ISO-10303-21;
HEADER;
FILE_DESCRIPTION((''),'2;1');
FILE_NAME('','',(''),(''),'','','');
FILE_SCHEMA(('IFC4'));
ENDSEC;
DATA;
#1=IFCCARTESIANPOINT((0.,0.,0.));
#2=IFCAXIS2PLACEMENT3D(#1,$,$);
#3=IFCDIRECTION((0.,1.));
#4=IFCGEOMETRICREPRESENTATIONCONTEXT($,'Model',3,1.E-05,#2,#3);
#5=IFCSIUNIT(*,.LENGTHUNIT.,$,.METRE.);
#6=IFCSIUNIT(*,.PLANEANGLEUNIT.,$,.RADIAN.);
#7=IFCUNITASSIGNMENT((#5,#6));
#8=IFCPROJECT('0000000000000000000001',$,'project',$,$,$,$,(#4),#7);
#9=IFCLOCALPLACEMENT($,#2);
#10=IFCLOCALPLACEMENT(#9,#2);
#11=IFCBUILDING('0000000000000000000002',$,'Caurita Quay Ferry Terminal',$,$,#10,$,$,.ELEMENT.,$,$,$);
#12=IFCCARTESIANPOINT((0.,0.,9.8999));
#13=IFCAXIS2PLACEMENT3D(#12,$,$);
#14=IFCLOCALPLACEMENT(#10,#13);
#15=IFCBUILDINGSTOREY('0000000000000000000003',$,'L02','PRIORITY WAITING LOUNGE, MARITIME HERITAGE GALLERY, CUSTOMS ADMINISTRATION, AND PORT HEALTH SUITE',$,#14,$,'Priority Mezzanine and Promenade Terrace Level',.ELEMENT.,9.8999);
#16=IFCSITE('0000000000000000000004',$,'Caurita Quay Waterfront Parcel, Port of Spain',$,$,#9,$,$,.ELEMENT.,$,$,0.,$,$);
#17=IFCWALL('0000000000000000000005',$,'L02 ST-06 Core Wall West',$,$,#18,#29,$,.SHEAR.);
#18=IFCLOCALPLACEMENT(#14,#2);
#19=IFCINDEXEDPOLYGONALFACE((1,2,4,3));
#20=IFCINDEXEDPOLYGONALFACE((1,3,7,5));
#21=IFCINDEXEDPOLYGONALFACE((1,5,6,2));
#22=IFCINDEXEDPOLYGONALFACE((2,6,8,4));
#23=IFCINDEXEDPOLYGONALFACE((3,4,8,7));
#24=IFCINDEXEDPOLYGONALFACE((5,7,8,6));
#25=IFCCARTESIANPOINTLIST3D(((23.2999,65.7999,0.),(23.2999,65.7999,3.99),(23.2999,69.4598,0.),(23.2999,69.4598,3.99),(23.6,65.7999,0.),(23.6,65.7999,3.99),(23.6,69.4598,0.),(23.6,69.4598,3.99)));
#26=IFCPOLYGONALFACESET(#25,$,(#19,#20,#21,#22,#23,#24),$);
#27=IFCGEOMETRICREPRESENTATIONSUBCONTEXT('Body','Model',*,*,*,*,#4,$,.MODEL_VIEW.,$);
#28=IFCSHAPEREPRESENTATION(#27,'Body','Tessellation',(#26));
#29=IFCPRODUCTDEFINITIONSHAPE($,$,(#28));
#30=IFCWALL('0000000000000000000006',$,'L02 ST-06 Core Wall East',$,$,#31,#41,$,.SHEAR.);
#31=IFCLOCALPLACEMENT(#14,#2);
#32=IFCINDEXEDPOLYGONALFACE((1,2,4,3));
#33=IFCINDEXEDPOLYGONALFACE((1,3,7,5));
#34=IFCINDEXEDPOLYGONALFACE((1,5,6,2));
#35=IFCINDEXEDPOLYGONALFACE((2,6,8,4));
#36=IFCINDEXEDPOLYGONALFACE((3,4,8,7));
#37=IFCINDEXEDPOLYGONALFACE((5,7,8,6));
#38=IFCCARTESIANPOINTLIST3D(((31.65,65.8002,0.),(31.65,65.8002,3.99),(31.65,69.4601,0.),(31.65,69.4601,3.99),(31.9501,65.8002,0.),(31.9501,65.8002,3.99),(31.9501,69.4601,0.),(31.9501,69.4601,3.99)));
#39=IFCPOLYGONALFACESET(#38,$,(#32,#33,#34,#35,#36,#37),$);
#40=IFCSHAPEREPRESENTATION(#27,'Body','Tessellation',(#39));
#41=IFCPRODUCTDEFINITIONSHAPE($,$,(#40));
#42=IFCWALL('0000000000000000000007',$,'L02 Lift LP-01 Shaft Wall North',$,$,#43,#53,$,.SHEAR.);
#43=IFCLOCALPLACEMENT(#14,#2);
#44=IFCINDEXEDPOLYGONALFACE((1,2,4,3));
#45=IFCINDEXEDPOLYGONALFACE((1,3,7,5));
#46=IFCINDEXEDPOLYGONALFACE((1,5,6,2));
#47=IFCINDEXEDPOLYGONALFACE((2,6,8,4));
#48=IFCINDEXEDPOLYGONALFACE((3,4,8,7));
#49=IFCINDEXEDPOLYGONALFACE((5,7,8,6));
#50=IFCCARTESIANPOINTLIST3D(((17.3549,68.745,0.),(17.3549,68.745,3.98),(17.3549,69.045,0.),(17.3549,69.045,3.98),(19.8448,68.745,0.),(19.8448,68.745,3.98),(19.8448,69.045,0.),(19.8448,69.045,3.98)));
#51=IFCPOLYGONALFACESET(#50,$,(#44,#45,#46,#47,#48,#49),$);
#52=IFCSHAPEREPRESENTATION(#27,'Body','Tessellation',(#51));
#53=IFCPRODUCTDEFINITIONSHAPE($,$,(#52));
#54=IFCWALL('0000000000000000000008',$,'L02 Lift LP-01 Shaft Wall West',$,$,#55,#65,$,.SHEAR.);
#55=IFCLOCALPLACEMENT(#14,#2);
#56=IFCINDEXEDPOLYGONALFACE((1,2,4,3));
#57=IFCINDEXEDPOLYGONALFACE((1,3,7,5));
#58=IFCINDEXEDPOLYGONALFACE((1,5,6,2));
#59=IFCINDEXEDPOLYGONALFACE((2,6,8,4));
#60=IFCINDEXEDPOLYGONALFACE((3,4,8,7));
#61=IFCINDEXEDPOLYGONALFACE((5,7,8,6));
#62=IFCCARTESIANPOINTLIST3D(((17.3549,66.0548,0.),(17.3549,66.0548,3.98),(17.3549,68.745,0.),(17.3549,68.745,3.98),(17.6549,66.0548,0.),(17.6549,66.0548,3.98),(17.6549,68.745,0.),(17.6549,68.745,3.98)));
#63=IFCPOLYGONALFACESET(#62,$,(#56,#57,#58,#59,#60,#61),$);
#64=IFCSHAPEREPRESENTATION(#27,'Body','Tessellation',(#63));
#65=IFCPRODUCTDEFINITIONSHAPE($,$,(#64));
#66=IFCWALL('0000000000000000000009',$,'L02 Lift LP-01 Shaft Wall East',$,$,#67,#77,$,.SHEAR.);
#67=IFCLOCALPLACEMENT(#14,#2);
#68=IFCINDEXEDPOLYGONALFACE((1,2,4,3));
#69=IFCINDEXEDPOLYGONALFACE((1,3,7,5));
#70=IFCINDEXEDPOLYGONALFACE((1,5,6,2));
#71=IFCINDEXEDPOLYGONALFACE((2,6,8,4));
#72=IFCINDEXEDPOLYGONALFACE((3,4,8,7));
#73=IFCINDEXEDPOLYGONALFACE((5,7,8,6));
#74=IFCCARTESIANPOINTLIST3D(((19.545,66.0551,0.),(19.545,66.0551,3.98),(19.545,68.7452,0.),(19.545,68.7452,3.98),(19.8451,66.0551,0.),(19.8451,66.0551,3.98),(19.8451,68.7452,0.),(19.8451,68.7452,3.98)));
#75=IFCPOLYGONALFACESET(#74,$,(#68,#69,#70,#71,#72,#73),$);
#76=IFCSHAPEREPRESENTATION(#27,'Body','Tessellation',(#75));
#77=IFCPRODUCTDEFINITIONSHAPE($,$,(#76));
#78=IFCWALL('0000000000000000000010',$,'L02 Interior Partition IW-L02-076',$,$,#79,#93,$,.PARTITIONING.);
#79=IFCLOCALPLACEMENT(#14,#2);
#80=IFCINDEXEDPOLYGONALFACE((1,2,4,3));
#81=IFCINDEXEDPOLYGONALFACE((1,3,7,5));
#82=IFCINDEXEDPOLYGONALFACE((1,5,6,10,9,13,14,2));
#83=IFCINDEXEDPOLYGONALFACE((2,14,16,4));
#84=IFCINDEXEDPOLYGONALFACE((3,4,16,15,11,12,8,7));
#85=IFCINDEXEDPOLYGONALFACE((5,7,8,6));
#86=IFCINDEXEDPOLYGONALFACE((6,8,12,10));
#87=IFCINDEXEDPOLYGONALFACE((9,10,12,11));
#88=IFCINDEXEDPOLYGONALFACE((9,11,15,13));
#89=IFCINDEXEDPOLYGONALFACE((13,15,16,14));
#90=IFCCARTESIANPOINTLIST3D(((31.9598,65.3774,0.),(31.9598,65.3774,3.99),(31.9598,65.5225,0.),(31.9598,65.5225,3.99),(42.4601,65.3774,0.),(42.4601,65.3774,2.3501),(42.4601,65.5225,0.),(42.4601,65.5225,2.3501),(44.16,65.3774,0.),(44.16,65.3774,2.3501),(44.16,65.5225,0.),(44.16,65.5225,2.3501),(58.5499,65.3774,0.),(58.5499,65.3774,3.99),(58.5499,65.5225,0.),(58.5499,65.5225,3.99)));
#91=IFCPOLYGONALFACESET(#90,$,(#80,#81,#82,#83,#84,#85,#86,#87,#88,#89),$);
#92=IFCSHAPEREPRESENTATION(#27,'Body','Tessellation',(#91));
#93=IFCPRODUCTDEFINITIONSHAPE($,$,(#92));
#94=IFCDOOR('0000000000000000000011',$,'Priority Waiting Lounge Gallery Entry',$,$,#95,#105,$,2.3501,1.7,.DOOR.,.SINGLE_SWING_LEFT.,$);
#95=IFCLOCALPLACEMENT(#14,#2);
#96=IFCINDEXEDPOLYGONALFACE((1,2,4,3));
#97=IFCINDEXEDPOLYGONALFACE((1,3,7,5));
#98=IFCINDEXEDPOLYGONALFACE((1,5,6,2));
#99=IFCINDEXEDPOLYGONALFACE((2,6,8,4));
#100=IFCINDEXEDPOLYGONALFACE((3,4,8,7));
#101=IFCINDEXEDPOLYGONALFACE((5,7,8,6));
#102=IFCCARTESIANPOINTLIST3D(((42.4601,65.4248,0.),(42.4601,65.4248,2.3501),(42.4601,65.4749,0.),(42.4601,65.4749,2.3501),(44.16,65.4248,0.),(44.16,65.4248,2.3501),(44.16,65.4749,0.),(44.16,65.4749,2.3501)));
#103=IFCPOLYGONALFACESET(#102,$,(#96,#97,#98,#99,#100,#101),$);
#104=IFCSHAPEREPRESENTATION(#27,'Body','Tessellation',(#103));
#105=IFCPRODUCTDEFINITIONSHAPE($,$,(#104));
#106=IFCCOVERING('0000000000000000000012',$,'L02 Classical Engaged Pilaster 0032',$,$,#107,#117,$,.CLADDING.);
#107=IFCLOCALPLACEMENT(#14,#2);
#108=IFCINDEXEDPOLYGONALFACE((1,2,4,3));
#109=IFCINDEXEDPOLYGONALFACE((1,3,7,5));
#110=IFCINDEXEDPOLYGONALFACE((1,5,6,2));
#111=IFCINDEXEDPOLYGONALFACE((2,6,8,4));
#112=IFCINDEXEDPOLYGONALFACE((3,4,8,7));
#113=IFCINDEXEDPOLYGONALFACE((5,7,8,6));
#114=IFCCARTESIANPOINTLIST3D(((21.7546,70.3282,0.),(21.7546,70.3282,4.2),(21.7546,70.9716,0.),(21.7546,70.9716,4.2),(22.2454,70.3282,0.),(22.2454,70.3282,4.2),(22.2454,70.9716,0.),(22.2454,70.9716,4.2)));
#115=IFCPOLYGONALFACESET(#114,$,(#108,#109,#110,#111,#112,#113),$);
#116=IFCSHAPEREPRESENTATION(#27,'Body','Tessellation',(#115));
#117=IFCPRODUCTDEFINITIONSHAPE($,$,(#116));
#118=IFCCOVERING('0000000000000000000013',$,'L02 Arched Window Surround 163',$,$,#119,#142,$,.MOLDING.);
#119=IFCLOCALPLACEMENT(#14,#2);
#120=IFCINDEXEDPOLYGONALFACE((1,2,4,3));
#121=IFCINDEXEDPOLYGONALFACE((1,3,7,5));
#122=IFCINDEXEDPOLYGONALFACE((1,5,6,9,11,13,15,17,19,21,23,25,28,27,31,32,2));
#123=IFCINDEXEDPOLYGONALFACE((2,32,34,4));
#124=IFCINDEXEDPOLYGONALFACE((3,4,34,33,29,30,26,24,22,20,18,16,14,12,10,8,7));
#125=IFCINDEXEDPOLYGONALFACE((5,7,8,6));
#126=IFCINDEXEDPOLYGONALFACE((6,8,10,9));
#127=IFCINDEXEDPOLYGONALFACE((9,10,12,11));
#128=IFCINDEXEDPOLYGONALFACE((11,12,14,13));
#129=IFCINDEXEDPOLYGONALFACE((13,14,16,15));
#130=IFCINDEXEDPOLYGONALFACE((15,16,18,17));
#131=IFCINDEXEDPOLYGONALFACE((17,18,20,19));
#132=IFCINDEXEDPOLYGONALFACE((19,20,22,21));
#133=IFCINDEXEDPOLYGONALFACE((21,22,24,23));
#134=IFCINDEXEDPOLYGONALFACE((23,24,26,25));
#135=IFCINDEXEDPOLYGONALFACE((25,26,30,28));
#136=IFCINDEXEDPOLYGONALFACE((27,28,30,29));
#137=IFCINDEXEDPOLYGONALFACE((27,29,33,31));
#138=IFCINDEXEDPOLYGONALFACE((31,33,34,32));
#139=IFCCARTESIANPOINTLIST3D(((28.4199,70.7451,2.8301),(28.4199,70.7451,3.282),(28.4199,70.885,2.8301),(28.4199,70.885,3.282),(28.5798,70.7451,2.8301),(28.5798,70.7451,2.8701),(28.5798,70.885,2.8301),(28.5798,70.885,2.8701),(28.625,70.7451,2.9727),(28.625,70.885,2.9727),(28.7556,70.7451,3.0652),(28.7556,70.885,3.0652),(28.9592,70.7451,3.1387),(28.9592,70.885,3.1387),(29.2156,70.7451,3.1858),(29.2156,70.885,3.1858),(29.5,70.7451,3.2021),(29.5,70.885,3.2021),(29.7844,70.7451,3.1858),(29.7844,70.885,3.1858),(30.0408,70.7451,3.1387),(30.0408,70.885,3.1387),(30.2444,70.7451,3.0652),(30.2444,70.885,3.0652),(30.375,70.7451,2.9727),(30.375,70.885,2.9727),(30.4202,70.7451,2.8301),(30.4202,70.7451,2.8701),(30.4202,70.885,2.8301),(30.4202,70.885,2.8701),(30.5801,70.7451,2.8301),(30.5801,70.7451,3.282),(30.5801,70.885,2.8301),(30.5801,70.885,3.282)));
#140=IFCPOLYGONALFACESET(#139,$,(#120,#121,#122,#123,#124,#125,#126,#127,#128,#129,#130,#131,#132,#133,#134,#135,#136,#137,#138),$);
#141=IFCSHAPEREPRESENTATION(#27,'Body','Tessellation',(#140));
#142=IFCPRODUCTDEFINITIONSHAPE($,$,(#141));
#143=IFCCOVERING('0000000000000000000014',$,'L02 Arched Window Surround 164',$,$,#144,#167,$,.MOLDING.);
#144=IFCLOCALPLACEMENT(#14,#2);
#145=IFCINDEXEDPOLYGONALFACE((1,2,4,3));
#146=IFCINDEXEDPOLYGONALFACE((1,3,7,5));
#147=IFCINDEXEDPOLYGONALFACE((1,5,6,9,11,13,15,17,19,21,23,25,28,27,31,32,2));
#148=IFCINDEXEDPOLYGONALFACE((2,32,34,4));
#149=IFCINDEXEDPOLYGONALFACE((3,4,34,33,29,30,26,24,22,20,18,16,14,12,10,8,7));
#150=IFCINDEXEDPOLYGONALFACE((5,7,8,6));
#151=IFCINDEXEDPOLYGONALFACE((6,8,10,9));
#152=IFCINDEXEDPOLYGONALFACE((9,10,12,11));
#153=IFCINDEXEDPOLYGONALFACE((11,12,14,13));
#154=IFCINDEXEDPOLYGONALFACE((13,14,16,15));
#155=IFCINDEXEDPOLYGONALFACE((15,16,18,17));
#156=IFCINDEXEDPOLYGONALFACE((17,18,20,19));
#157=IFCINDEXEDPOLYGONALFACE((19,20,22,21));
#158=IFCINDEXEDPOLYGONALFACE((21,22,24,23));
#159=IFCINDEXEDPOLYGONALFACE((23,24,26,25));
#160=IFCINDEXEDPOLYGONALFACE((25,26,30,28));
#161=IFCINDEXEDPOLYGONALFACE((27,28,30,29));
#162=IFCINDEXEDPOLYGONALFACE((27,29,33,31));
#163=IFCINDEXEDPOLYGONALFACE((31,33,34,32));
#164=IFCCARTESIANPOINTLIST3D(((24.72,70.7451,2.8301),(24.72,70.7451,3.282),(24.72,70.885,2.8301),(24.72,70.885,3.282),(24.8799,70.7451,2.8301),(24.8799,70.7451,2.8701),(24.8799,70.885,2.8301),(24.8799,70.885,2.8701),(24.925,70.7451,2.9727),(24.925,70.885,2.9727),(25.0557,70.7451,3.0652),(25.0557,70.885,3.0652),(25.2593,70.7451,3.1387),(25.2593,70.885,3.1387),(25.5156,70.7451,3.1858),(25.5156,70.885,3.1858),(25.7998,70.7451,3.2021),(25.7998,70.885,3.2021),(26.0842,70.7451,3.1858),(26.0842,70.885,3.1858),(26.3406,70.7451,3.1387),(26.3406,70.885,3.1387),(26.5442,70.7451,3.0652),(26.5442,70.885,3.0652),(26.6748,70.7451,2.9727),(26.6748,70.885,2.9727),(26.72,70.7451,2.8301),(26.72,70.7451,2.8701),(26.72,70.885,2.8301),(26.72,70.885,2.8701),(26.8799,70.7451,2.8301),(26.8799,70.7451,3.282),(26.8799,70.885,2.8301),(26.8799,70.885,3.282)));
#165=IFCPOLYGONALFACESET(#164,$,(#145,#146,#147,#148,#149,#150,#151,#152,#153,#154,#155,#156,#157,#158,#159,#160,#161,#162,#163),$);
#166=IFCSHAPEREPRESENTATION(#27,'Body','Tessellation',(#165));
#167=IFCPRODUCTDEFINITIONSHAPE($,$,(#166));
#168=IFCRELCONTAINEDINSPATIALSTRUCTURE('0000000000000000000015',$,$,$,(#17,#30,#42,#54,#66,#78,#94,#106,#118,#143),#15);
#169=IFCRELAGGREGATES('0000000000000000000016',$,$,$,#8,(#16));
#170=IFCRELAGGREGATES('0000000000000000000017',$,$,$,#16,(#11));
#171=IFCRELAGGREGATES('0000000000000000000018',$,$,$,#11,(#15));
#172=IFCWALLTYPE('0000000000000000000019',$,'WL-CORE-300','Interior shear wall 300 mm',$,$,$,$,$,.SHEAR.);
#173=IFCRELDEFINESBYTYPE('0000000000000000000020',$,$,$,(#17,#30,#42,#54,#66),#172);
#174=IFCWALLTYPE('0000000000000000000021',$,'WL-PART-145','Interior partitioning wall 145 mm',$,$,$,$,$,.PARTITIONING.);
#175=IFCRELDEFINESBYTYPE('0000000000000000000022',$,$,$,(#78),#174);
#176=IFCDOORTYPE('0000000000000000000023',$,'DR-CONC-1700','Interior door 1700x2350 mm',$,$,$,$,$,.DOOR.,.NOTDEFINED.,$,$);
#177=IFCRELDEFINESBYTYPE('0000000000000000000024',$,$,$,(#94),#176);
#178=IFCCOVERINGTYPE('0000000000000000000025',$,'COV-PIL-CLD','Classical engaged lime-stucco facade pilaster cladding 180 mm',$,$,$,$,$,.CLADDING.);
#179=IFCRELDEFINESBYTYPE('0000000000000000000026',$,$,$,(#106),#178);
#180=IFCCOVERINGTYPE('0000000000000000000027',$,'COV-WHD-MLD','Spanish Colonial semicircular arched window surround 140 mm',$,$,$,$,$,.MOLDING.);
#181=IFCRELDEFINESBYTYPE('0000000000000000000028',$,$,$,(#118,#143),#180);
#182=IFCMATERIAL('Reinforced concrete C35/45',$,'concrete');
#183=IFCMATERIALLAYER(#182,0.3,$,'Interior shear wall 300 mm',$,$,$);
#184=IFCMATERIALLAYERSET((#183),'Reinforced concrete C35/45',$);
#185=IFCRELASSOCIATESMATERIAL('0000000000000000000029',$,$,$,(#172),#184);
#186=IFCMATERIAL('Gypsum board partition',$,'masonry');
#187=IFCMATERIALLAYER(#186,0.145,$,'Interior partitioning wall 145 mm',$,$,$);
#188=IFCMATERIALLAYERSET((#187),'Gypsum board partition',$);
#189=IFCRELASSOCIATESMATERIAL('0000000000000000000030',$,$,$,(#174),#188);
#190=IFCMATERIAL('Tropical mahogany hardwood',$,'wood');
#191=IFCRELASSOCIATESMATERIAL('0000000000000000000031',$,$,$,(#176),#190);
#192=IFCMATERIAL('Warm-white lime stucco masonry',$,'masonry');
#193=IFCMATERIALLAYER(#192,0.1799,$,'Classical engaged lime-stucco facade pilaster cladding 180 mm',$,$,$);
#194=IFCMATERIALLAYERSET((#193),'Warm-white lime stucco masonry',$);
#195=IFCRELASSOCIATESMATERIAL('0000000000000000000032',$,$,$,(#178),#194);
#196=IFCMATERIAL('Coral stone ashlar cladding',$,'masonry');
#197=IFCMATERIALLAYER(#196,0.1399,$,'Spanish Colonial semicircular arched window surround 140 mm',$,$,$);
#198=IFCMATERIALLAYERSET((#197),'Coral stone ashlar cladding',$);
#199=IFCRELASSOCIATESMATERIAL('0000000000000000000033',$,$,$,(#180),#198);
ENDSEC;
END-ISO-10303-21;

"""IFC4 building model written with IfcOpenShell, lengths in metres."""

from ifc_helpers import new_model, si_unit, direction, frame, frame_2d, origin, origin_2d, place, context, subcontext, project, spatial, polyline, rectangle, outline, extrude, material, layer, layer_set, type_object, element, fill, save


model = new_model("IFC4")

# Units and contexts
model_context = context("Model", 3, precision=1e-05, world=origin(), true_north=direction((0.0, 1.0)))
body_context = subcontext(model_context, "Body", "Model", "MODEL_VIEW")
ifc_project = project(units=[si_unit("LENGTHUNIT", "METRE"), si_unit("PLANEANGLEUNIT", "RADIAN")], contexts=[model_context])

# Site, building, storey
site_placement = place(None, origin())
site = spatial("IfcSite", under=ifc_project, at=site_placement, Name="Caurita Quay Waterfront Parcel, Port of Spain", CompositionType="ELEMENT", RefElevation=0.0)
building_placement = place(site_placement, origin())
building = spatial("IfcBuilding", under=site, at=building_placement, Name="Caurita Quay Ferry Terminal", CompositionType="ELEMENT")
storey_placement = place(building_placement, frame((0.0, 0.0, 9.8999)))
storey = spatial("IfcBuildingStorey", under=building, at=storey_placement, Name="L02", Description="PRIORITY WAITING LOUNGE, MARITIME HERITAGE GALLERY, CUSTOMS ADMINISTRATION, AND PORT HEALTH SUITE", LongName="Priority Mezzanine and Promenade Terrace Level", CompositionType="ELEMENT", Elevation=9.8999)

# Shared definitions
ifc_material_1 = material(Name="Reinforced concrete C35/45", Category="concrete")

# Shared definitions
ifc_layer_1 = layer(ifc_material_1, 0.3, Name="Interior shear wall 300 mm")
ifc_layer_set_1 = layer_set([ifc_layer_1], Name="Reinforced concrete C35/45")
wall_type_1 = type_object("IfcWallType", Name="WL-CORE-300", Description="Interior shear wall 300 mm", PredefinedType="SHEAR", material=ifc_layer_set_1)

# Walls
for number, where, z_axis, x_axis, name in (
    (1, (23.45, 69.46, 0.0), (0.0, 0.0, 1.0), (0.0, -1.0, 0.0), "L02 ST-06 Core Wall West"),
    (2, (31.8, 65.8, 0.0), (0.0, 0.0, 1.0), (0.0, 1.0, 0.0), "L02 ST-06 Core Wall East"),
):
    element("IfcWall", number, at=place(storey_placement, frame(where, z_axis=z_axis, x_axis=x_axis)), inside=storey, type_object=wall_type_1, Name=name, PredefinedType="SHEAR", context=body_context, shape_type="SweptSolid", body=[
        extrude(rectangle(XDim=3.6599, YDim=0.3, at=frame_2d((1.8301, 0.0))), origin(), (0.0, 0.0, 1.0), 3.99),
    ])

# Walls
wall_1_placement = place(storey_placement, frame((19.845, 68.895, 0.0), z_axis=(0.0, 0.0, 1.0), x_axis=(-1.0, 0.0, 0.0)))
element("IfcWall", 3, at=wall_1_placement, inside=storey, type_object=wall_type_1, Name="L02 Lift LP-01 Shaft Wall North", PredefinedType="SHEAR", context=body_context, shape_type="SweptSolid", body=[
    extrude(rectangle(XDim=2.49, YDim=0.3, at=frame_2d((1.2451, 0.0))), origin(), (0.0, 0.0, 1.0), 3.98),
])
for number, where, z_axis, x_axis, name in (
    (4, (17.5049, 68.7451, 0.0), (0.0, 0.0, 1.0), (0.0, -1.0, 0.0), "L02 Lift LP-01 Shaft Wall West"),
    (5, (19.6951, 66.0549, 0.0), (0.0, 0.0, 1.0), (0.0, 1.0, 0.0), "L02 Lift LP-01 Shaft Wall East"),
):
    element("IfcWall", number, at=place(storey_placement, frame(where, z_axis=z_axis, x_axis=x_axis)), inside=storey, type_object=wall_type_1, Name=name, PredefinedType="SHEAR", context=body_context, shape_type="SweptSolid", body=[
        extrude(rectangle(XDim=2.6902, YDim=0.3, at=frame_2d((1.3452, 0.0))), origin(), (0.0, 0.0, 1.0), 3.98),
    ])

# Wall, opening, door
ifc_material_2 = material(Name="Gypsum board partition", Category="masonry")
ifc_layer_2 = layer(ifc_material_2, 0.145, Name="Interior partitioning wall 145 mm")
ifc_layer_set_2 = layer_set([ifc_layer_2], Name="Gypsum board partition")
wall_type_2 = type_object("IfcWallType", Name="WL-PART-145", Description="Interior partitioning wall 145 mm", PredefinedType="PARTITIONING", material=ifc_layer_set_2)
ifc_material_3 = material(Name="Tropical mahogany hardwood", Category="wood")
wall_2_placement = place(storey_placement, frame((31.96, 65.45, 0.0), z_axis=(0.0, 0.0, 1.0), x_axis=(1.0, 0.0, 0.0)))
wall_2 = element("IfcWall", 6, at=wall_2_placement, inside=storey, type_object=wall_type_2, Name="L02 Interior Partition IW-L02-076", PredefinedType="PARTITIONING", context=body_context, shape_type="SweptSolid", body=[
    extrude(rectangle(XDim=26.5901, YDim=0.145, at=frame_2d((13.2949, 0.0))), origin(), (0.0, 0.0, 1.0), 3.99),
])
opening_1_placement = place(wall_2_placement, frame((10.5, 0.0, 0.0)))
opening_1 = element("IfcOpeningElement", 7, at=opening_1_placement, cuts=wall_2, PredefinedType="OPENING", context=body_context, shape_type="SweptSolid", body=[
    extrude(rectangle(XDim=1.7, YDim=2.3501, at=frame_2d((0.8501, 1.175))), frame((0.0, 0.0825, 0.0), z_axis=(0.0, -1.0, 0.0), x_axis=(1.0, 0.0, 0.0)), (0.0, 0.0, 1.0), 0.165),
])
door_type_1 = type_object("IfcDoorType", Name="DR-CONC-1700", Description="Interior door 1700x2350 mm", OperationType="NOTDEFINED", PredefinedType="DOOR", material=ifc_material_3)
door_1_placement = place(opening_1_placement, origin())
door_1 = element("IfcDoor", 8, at=door_1_placement, inside=storey, type_object=door_type_1, Name="Priority Waiting Lounge Gallery Entry", OperationType="SINGLE_SWING_LEFT", OverallHeight=2.3501, OverallWidth=1.7, PredefinedType="DOOR", context=body_context, shape_type="SweptSolid", body=[
    extrude(rectangle(XDim=1.7, YDim=2.3501, at=frame_2d((0.8501, 1.175))), frame((0.0, 0.0249, 0.0), z_axis=(0.0, -1.0, 0.0), x_axis=(1.0, 0.0, 0.0)), (0.0, 0.0, 1.0), 0.05),
])
fill(opening_1, door_1)

# Coverings
ifc_material_4 = material(Name="Warm-white lime stucco masonry", Category="masonry")
ifc_layer_3 = layer(ifc_material_4, 0.1799, Name="Classical engaged lime-stucco facade pilaster cladding 180 mm")
ifc_layer_set_3 = layer_set([ifc_layer_3], Name="Warm-white lime stucco masonry")
covering_type_1 = type_object("IfcCoveringType", Name="COV-PIL-CLD", Description="Classical engaged lime-stucco facade pilaster cladding 180 mm", PredefinedType="CLADDING", material=ifc_layer_set_3)
covering_1_placement = place(storey_placement, frame((22.0, 70.6499, 0.0), z_axis=(0.0, 0.0, 1.0), x_axis=(1.0, 0.0, 0.0)))
element("IfcCovering", 9, at=covering_1_placement, inside=storey, type_object=covering_type_1, Name="L02 Classical Engaged Pilaster 0032", PredefinedType="CLADDING", context=body_context, shape_type="SweptSolid", body=[
    extrude(rectangle(XDim=0.4907, YDim=0.6433, at=origin_2d()), origin(), (0.0, 0.0, 1.0), 4.2),
])
ifc_material_5 = material(Name="Coral stone ashlar cladding", Category="masonry")
ifc_layer_4 = layer(ifc_material_5, 0.1399, Name="Spanish Colonial semicircular arched window surround 140 mm")
ifc_layer_set_4 = layer_set([ifc_layer_4], Name="Coral stone ashlar cladding")
covering_type_2 = type_object("IfcCoveringType", Name="COV-WHD-MLD", Description="Spanish Colonial semicircular arched window surround 140 mm", PredefinedType="MOLDING", material=ifc_layer_set_4)
covering_2_placement = place(storey_placement, frame((30.5801, 70.8149, 2.8301), z_axis=(0.0, 0.0, 1.0), x_axis=(-1.0, 0.0, 0.0)))
element("IfcCovering", 10, at=covering_2_placement, inside=storey, type_object=covering_type_2, Name="L02 Arched Window Surround 163", PredefinedType="MOLDING", context=body_context, shape_type="SweptSolid", body=[
    extrude(outline(polyline([(0.0, 0.0), (0.1599, 0.0), (0.1599, 0.04), (0.2051, 0.1426), (0.3357, 0.2351), (0.5393, 0.3086), (0.7957, 0.3557), (1.0801, 0.3721), (1.3645, 0.3557), (1.6208, 0.3086), (1.8245, 0.2351), (1.9551, 0.1426), (2.0002, 0.04), (2.0002, 0.0), (2.1602, 0.0), (2.1602, 0.4519), (0.0, 0.4519), (0.0, 0.0)])), frame((0.0, 0.0698, 0.0), z_axis=(0.0, -1.0, 0.0), x_axis=(1.0, 0.0, 0.0)), (0.0, 0.0, 1.0), 0.1399),
])
covering_3_placement = place(storey_placement, frame((26.8799, 70.8149, 2.8301), z_axis=(0.0, 0.0, 1.0), x_axis=(-1.0, 0.0, 0.0)))
element("IfcCovering", 11, at=covering_3_placement, inside=storey, type_object=covering_type_2, Name="L02 Arched Window Surround 164", PredefinedType="MOLDING", context=body_context, shape_type="SweptSolid", body=[
    extrude(outline(polyline([(0.0, 0.0), (0.1599, 0.0), (0.1599, 0.04), (0.2051, 0.1426), (0.3357, 0.2351), (0.5393, 0.3086), (0.7957, 0.3557), (1.0801, 0.3721), (1.3643, 0.3557), (1.6206, 0.3086), (1.8242, 0.2351), (1.9548, 0.1426), (2.0, 0.04), (2.0, 0.0), (2.1599, 0.0), (2.1599, 0.4519), (0.0, 0.4519), (0.0, 0.0)])), frame((0.0, 0.0698, 0.0), z_axis=(0.0, -1.0, 0.0), x_axis=(1.0, 0.0, 0.0)), (0.0, 0.0, 1.0), 0.1399),
])

save(model, "model.ifc")
